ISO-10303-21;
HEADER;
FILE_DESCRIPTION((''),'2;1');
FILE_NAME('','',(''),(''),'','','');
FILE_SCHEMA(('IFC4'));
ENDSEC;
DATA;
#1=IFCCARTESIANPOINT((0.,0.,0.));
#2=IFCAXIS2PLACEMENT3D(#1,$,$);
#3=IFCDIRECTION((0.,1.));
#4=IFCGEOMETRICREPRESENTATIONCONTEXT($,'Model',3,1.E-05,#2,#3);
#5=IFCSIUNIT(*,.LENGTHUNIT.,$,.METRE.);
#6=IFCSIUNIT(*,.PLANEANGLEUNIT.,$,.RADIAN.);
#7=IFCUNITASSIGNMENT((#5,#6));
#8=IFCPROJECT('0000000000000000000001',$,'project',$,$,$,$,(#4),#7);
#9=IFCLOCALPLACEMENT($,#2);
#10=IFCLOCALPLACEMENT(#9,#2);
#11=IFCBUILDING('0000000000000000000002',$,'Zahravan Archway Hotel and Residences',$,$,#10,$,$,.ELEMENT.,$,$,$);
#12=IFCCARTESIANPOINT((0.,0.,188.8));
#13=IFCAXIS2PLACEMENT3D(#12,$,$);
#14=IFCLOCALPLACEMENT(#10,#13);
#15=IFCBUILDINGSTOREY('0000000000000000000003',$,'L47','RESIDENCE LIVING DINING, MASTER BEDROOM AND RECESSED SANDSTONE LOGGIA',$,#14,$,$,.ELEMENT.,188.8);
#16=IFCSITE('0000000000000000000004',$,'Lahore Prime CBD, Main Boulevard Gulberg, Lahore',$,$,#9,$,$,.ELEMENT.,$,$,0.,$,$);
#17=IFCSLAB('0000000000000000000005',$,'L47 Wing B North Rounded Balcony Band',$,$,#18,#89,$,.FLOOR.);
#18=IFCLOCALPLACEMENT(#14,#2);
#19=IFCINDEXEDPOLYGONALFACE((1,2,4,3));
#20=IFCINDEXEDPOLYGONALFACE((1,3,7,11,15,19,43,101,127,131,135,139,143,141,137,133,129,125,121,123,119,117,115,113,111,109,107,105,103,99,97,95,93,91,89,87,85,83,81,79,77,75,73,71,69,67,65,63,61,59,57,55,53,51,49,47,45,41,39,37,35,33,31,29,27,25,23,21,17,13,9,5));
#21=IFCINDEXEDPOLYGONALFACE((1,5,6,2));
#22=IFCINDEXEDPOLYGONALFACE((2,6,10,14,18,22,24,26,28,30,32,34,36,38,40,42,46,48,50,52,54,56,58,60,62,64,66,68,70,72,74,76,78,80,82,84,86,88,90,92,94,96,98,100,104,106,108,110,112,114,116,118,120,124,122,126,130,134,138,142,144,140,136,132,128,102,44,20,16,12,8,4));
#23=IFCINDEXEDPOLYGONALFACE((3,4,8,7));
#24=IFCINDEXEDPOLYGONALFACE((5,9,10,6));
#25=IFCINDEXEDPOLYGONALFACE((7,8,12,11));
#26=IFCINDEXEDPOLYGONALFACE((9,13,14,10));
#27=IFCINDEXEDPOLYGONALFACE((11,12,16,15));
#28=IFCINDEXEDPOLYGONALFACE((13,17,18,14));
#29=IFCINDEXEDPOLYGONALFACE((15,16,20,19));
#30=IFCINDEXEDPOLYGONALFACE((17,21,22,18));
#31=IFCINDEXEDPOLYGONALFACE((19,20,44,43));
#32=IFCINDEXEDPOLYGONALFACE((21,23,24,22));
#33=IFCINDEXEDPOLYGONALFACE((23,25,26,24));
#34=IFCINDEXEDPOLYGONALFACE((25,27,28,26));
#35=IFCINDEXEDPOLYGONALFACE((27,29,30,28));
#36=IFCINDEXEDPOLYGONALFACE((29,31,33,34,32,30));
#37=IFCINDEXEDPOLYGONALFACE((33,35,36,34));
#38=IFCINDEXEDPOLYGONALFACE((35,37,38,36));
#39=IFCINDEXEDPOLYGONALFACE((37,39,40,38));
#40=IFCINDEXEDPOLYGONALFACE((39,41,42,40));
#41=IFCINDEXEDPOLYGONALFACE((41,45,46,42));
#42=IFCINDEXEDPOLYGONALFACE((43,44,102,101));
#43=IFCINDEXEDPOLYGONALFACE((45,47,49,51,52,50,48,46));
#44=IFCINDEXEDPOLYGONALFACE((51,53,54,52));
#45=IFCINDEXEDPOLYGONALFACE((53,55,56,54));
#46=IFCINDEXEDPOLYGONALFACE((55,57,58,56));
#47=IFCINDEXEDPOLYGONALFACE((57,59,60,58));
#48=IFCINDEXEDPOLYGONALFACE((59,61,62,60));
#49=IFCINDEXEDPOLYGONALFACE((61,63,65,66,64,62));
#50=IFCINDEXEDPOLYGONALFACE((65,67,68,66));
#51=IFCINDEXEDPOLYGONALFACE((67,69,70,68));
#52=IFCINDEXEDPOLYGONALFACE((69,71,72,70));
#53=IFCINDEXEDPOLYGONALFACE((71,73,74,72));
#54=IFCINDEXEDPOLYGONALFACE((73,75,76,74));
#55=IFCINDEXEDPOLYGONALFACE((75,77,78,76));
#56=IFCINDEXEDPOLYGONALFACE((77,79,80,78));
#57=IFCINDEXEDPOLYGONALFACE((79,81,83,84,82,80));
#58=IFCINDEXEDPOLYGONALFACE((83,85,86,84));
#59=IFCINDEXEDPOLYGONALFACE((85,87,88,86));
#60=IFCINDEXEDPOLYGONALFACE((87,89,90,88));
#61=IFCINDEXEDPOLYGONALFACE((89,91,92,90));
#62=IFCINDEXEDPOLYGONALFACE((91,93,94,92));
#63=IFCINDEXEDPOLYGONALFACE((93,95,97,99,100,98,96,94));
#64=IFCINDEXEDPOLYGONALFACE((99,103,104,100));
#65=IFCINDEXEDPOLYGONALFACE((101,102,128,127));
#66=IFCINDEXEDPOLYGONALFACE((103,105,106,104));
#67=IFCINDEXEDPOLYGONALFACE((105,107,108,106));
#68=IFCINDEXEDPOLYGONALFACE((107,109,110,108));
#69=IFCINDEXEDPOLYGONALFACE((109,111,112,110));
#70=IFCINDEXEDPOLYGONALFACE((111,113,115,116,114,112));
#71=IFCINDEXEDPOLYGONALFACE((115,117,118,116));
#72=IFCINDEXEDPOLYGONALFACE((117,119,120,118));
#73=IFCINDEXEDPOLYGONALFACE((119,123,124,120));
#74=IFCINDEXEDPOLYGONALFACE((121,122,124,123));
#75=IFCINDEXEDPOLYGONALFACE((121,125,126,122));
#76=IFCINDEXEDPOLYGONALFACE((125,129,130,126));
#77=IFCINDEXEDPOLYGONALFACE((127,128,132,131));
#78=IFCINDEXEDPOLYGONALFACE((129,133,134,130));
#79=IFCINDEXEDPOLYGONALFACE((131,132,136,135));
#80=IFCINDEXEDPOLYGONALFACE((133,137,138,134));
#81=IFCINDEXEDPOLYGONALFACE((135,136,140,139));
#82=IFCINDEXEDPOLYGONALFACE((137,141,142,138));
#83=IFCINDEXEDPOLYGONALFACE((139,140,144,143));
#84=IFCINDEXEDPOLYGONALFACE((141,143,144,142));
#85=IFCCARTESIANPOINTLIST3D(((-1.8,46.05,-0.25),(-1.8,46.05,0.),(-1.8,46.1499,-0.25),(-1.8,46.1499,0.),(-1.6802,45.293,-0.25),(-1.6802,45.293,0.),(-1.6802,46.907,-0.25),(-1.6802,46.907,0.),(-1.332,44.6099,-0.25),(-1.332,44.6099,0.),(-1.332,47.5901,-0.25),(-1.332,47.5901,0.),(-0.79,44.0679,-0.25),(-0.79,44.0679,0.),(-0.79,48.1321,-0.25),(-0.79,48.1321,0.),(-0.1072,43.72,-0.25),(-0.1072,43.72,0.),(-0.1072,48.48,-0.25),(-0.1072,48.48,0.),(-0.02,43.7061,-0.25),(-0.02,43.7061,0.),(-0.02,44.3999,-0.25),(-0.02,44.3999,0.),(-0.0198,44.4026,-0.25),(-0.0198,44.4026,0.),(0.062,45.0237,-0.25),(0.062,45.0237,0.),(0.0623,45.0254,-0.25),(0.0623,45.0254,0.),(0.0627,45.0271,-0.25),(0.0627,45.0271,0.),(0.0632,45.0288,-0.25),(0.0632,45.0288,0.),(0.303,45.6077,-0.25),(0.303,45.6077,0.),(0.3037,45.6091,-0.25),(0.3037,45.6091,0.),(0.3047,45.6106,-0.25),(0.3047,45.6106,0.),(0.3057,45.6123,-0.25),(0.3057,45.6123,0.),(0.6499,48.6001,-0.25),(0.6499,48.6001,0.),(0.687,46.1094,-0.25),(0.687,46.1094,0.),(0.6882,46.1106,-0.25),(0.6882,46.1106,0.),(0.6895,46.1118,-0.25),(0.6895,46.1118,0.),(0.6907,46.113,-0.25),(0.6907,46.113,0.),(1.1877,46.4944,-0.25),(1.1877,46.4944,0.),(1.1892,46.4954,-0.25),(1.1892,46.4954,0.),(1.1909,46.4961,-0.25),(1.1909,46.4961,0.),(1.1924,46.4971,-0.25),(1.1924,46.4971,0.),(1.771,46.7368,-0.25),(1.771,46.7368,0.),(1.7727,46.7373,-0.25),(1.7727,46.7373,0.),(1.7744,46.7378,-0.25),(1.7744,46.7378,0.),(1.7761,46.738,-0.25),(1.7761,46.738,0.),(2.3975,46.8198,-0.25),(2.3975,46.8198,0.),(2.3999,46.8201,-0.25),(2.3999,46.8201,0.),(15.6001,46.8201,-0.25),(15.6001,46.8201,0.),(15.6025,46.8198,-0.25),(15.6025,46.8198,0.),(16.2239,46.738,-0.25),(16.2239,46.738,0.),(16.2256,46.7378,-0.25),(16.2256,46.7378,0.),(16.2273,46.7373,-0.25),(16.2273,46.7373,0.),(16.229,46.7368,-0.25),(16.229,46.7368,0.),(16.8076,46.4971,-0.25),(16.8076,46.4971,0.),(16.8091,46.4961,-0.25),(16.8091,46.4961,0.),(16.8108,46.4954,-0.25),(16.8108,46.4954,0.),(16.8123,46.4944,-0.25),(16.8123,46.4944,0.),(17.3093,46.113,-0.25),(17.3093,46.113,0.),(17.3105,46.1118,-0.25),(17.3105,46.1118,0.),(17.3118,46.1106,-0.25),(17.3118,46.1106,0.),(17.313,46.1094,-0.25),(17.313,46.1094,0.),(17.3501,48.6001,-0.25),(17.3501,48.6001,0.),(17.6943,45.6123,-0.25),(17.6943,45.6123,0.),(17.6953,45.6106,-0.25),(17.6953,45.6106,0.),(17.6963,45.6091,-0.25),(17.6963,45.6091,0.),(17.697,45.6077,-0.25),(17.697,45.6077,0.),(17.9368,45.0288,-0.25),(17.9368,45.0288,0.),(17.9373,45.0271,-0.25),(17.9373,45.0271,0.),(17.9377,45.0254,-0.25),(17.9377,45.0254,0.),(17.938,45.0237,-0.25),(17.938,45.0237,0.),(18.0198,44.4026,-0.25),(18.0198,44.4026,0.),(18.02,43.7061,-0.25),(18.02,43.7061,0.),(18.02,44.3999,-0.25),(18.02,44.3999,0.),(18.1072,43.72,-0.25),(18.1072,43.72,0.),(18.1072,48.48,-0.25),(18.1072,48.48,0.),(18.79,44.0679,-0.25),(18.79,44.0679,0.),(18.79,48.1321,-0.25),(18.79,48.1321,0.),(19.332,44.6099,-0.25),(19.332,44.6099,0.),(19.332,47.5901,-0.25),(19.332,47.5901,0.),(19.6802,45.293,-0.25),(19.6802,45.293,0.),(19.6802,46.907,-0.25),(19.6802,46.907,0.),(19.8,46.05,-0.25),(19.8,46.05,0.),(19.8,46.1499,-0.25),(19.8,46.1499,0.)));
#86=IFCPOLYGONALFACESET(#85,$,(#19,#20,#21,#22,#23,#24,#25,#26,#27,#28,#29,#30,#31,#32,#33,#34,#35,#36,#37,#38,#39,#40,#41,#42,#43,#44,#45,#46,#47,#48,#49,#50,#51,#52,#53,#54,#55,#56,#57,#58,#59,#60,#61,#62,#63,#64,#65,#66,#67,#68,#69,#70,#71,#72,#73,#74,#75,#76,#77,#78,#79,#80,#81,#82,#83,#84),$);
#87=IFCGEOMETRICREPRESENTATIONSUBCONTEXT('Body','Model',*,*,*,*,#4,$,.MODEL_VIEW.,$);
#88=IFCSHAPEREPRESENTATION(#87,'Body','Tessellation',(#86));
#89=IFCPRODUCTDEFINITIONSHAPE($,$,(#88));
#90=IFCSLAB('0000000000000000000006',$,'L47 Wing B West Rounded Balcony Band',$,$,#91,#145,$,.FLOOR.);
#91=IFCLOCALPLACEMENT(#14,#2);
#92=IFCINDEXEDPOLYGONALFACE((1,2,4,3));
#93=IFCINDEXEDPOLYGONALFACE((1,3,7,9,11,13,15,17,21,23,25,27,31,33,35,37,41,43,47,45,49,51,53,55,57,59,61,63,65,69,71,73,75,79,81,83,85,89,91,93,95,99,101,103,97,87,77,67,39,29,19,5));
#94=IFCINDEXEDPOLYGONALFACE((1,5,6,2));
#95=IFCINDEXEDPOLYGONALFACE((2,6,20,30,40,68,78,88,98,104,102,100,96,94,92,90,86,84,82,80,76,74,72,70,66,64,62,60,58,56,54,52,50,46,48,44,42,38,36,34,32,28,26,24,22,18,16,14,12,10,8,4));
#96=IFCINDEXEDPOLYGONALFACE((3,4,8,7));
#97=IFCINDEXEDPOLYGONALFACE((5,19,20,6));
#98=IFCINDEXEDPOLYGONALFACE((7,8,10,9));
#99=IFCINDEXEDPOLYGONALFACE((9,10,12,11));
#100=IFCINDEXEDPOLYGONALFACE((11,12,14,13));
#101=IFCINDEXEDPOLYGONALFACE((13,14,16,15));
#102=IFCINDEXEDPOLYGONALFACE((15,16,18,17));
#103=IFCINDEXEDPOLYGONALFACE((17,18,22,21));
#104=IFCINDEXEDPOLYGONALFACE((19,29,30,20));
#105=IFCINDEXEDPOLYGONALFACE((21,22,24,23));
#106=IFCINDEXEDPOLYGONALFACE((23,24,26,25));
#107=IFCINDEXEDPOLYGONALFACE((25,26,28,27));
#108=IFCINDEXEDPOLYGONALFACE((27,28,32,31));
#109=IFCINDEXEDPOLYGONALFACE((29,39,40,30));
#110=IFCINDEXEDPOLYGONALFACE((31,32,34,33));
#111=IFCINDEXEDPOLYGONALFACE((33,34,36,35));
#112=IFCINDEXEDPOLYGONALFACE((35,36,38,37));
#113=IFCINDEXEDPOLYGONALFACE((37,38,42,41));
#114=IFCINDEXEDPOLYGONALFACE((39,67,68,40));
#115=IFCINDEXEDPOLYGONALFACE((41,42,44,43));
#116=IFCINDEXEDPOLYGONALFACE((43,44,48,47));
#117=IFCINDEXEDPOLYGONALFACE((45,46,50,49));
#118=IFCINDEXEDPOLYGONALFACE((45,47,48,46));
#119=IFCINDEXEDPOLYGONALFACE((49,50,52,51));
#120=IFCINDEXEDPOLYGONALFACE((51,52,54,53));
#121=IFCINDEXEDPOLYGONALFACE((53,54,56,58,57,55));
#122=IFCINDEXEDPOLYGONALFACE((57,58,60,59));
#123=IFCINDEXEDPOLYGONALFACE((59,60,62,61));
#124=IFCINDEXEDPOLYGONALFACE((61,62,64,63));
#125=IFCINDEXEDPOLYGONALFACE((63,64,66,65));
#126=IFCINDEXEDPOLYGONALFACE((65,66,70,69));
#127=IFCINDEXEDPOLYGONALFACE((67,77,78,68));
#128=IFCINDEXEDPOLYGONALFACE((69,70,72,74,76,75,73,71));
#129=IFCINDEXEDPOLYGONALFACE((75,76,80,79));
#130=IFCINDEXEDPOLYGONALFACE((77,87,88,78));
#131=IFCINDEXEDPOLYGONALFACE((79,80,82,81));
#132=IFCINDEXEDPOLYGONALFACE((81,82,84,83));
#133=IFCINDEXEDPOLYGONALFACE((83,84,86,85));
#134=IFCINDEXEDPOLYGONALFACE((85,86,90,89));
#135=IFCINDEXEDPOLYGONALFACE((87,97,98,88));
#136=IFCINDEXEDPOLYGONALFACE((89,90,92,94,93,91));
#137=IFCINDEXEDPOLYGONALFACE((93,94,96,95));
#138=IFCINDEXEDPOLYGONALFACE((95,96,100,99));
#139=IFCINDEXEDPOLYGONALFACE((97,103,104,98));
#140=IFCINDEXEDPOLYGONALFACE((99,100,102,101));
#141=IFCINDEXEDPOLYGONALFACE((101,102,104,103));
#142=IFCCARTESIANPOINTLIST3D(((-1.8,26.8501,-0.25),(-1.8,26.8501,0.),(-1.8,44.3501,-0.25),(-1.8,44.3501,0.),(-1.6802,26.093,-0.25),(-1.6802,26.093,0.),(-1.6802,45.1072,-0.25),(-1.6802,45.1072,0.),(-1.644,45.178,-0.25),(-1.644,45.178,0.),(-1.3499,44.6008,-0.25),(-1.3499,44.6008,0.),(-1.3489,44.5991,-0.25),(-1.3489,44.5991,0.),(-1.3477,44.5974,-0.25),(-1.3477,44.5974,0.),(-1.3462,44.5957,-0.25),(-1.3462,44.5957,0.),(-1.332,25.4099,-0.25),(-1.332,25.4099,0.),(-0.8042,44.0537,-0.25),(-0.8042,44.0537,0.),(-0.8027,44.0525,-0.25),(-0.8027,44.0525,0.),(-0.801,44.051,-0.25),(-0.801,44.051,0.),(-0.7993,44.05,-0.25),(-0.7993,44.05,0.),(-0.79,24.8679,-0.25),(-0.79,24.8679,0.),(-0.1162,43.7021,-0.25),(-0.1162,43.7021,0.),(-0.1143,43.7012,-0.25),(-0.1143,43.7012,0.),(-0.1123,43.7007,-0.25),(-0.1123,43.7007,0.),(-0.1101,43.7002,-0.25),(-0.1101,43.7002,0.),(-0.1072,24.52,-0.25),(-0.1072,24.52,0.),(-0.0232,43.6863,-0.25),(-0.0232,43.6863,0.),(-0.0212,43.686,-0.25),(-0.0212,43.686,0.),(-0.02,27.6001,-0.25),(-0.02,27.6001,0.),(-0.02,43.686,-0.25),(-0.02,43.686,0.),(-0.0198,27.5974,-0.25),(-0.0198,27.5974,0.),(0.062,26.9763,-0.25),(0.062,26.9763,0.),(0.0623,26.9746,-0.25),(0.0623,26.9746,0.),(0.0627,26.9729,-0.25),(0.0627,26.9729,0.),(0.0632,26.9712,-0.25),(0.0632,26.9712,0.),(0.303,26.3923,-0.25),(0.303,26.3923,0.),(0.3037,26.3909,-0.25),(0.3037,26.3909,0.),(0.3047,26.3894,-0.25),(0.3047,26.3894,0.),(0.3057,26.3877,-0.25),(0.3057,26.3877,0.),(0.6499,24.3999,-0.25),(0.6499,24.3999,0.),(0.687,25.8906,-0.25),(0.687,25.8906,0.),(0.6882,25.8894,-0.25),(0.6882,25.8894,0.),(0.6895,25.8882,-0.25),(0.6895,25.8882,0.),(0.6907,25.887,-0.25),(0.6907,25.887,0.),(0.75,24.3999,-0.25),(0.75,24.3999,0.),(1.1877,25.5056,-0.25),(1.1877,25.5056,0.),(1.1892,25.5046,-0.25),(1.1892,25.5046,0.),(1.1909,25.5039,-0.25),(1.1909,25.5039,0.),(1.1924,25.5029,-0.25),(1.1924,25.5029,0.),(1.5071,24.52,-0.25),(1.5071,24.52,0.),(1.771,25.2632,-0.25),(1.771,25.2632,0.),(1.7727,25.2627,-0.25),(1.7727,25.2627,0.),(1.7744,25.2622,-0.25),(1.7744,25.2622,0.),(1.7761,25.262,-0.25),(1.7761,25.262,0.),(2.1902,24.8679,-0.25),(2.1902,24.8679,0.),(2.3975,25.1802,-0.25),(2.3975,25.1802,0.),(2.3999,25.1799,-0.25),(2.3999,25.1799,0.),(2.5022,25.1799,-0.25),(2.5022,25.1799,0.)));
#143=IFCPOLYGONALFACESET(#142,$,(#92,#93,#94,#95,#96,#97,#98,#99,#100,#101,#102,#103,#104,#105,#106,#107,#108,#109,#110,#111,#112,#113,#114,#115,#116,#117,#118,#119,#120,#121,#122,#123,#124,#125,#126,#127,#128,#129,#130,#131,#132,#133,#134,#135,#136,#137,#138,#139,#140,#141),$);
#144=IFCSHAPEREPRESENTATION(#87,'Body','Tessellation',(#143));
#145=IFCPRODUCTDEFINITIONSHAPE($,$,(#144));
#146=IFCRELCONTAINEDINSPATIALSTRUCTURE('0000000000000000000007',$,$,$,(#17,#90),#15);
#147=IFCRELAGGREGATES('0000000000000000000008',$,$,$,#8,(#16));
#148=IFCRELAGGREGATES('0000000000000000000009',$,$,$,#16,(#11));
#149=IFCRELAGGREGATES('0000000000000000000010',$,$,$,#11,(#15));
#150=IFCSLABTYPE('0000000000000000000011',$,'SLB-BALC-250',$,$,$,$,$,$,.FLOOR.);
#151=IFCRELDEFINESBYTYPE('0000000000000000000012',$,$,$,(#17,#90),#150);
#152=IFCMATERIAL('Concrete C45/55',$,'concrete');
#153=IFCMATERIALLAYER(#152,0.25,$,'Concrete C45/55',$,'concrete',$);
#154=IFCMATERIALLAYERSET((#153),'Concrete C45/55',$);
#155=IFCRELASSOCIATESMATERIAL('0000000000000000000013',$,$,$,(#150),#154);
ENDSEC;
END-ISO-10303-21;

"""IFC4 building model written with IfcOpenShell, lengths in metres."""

from ifc_helpers import new_model, si_unit, direction, frame, origin, place, context, subcontext, project, spatial, polyline, outline, extrude, material, layer, layer_set, type_object, element, save


model = new_model("IFC4")

# Units and contexts
model_context = context("Model", 3, precision=1e-05, world=origin(), true_north=direction((0.0, 1.0)))
body_context = subcontext(model_context, "Body", "Model", "MODEL_VIEW")
ifc_project = project(units=[si_unit("LENGTHUNIT", "METRE"), si_unit("PLANEANGLEUNIT", "RADIAN")], contexts=[model_context])

# Site, building, storey
site_placement = place(None, origin())
site = spatial("IfcSite", under=ifc_project, at=site_placement, Name="Lahore Prime CBD, Main Boulevard Gulberg, Lahore", CompositionType="ELEMENT", RefElevation=0.0)
building_placement = place(site_placement, origin())
building = spatial("IfcBuilding", under=site, at=building_placement, Name="Zahravan Archway Hotel and Residences", CompositionType="ELEMENT")
storey_placement = place(building_placement, frame((0.0, 0.0, 188.8)))
storey = spatial("IfcBuildingStorey", under=building, at=storey_placement, Name="L47", Description="RESIDENCE LIVING DINING, MASTER BEDROOM AND RECESSED SANDSTONE LOGGIA", CompositionType="ELEMENT", Elevation=188.8)

# Slabs
ifc_material_1 = material(Name="Concrete C45/55", Category="concrete")
ifc_layer_1 = layer(ifc_material_1, 0.25, Name="Concrete C45/55", Category="concrete")
ifc_layer_set_1 = layer_set([ifc_layer_1], Name="Concrete C45/55")
slab_type_1 = type_object("IfcSlabType", Name="SLB-BALC-250", PredefinedType="FLOOR", material=ifc_layer_set_1)
slab_1_placement = place(storey_placement, frame((0.0, 0.0, -0.25)))
element("IfcSlab", 1, at=slab_1_placement, inside=storey, type_object=slab_type_1, Name="L47 Wing B North Rounded Balcony Band", PredefinedType="FLOOR", context=body_context, shape_type="SweptSolid", body=[
    extrude(outline(polyline([(-0.1072, 43.72), (-0.79, 44.0679), (-1.332, 44.6099), (-1.6802, 45.293), (-1.8, 46.05), (-1.8, 46.1499), (-1.6802, 46.907), (-1.332, 47.5901), (-0.79, 48.1321), (-0.1072, 48.48), (0.6499, 48.6001), (17.3501, 48.6001), (18.1072, 48.48), (18.79, 48.1321), (19.332, 47.5901), (19.6802, 46.907), (19.8, 46.1499), (19.8, 46.05), (19.6802, 45.293), (19.332, 44.6099), (18.79, 44.0679), (18.1072, 43.72), (18.02, 43.7061), (18.02, 44.3999), (18.0198, 44.4026), (17.938, 45.0237), (17.9377, 45.0254), (17.9373, 45.0271), (17.9368, 45.0288), (17.697, 45.6077), (17.6963, 45.6091), (17.6953, 45.6106), (17.6943, 45.6123), (17.313, 46.1094), (17.3118, 46.1106), (17.3105, 46.1118), (17.3093, 46.113), (16.8123, 46.4944), (16.8108, 46.4954), (16.8091, 46.4961), (16.8076, 46.4971), (16.229, 46.7368), (16.2273, 46.7373), (16.2256, 46.7378), (16.2239, 46.738), (15.6025, 46.8198), (15.6001, 46.8201), (2.3999, 46.8201), (2.3975, 46.8198), (1.7761, 46.738), (1.7744, 46.7378), (1.7727, 46.7373), (1.771, 46.7368), (1.1924, 46.4971), (1.1909, 46.4961), (1.1892, 46.4954), (1.1877, 46.4944), (0.6907, 46.113), (0.6895, 46.1118), (0.6882, 46.1106), (0.687, 46.1094), (0.3057, 45.6123), (0.3047, 45.6106), (0.3037, 45.6091), (0.303, 45.6077), (0.0632, 45.0288), (0.0627, 45.0271), (0.0623, 45.0254), (0.062, 45.0237), (-0.0198, 44.4026), (-0.02, 44.3999), (-0.02, 43.7061), (-0.1072, 43.72)])), origin(), (0.0, 0.0, 1.0), 0.25),
])
slab_2_placement = place(storey_placement, frame((0.0, 0.0, -0.25)))
element("IfcSlab", 2, at=slab_2_placement, inside=storey, type_object=slab_type_1, Name="L47 Wing B West Rounded Balcony Band", PredefinedType="FLOOR", context=body_context, shape_type="SweptSolid", body=[
    extrude(outline(polyline([(2.1902, 24.8679), (1.5071, 24.52), (0.75, 24.3999), (0.6499, 24.3999), (-0.1072, 24.52), (-0.79, 24.8679), (-1.332, 25.4099), (-1.6802, 26.093), (-1.8, 26.8501), (-1.8, 44.3501), (-1.6802, 45.1072), (-1.644, 45.178), (-1.3499, 44.6008), (-1.3489, 44.5991), (-1.3477, 44.5974), (-1.3462, 44.5957), (-0.8042, 44.0537), (-0.8027, 44.0525), (-0.801, 44.051), (-0.7993, 44.05), (-0.1162, 43.7021), (-0.1143, 43.7012), (-0.1123, 43.7007), (-0.1101, 43.7002), (-0.0232, 43.6863), (-0.0212, 43.686), (-0.02, 43.686), (-0.02, 27.6001), (-0.0198, 27.5974), (0.062, 26.9763), (0.0623, 26.9746), (0.0627, 26.9729), (0.0632, 26.9712), (0.303, 26.3923), (0.3037, 26.3909), (0.3047, 26.3894), (0.3057, 26.3877), (0.687, 25.8906), (0.6882, 25.8894), (0.6895, 25.8882), (0.6907, 25.887), (1.1877, 25.5056), (1.1892, 25.5046), (1.1909, 25.5039), (1.1924, 25.5029), (1.771, 25.2632), (1.7727, 25.2627), (1.7744, 25.2622), (1.7761, 25.262), (2.3975, 25.1802), (2.3999, 25.1799), (2.5022, 25.1799), (2.1902, 24.8679)])), origin(), (0.0, 0.0, 1.0), 0.25),
])

save(model, "model.ifc")
